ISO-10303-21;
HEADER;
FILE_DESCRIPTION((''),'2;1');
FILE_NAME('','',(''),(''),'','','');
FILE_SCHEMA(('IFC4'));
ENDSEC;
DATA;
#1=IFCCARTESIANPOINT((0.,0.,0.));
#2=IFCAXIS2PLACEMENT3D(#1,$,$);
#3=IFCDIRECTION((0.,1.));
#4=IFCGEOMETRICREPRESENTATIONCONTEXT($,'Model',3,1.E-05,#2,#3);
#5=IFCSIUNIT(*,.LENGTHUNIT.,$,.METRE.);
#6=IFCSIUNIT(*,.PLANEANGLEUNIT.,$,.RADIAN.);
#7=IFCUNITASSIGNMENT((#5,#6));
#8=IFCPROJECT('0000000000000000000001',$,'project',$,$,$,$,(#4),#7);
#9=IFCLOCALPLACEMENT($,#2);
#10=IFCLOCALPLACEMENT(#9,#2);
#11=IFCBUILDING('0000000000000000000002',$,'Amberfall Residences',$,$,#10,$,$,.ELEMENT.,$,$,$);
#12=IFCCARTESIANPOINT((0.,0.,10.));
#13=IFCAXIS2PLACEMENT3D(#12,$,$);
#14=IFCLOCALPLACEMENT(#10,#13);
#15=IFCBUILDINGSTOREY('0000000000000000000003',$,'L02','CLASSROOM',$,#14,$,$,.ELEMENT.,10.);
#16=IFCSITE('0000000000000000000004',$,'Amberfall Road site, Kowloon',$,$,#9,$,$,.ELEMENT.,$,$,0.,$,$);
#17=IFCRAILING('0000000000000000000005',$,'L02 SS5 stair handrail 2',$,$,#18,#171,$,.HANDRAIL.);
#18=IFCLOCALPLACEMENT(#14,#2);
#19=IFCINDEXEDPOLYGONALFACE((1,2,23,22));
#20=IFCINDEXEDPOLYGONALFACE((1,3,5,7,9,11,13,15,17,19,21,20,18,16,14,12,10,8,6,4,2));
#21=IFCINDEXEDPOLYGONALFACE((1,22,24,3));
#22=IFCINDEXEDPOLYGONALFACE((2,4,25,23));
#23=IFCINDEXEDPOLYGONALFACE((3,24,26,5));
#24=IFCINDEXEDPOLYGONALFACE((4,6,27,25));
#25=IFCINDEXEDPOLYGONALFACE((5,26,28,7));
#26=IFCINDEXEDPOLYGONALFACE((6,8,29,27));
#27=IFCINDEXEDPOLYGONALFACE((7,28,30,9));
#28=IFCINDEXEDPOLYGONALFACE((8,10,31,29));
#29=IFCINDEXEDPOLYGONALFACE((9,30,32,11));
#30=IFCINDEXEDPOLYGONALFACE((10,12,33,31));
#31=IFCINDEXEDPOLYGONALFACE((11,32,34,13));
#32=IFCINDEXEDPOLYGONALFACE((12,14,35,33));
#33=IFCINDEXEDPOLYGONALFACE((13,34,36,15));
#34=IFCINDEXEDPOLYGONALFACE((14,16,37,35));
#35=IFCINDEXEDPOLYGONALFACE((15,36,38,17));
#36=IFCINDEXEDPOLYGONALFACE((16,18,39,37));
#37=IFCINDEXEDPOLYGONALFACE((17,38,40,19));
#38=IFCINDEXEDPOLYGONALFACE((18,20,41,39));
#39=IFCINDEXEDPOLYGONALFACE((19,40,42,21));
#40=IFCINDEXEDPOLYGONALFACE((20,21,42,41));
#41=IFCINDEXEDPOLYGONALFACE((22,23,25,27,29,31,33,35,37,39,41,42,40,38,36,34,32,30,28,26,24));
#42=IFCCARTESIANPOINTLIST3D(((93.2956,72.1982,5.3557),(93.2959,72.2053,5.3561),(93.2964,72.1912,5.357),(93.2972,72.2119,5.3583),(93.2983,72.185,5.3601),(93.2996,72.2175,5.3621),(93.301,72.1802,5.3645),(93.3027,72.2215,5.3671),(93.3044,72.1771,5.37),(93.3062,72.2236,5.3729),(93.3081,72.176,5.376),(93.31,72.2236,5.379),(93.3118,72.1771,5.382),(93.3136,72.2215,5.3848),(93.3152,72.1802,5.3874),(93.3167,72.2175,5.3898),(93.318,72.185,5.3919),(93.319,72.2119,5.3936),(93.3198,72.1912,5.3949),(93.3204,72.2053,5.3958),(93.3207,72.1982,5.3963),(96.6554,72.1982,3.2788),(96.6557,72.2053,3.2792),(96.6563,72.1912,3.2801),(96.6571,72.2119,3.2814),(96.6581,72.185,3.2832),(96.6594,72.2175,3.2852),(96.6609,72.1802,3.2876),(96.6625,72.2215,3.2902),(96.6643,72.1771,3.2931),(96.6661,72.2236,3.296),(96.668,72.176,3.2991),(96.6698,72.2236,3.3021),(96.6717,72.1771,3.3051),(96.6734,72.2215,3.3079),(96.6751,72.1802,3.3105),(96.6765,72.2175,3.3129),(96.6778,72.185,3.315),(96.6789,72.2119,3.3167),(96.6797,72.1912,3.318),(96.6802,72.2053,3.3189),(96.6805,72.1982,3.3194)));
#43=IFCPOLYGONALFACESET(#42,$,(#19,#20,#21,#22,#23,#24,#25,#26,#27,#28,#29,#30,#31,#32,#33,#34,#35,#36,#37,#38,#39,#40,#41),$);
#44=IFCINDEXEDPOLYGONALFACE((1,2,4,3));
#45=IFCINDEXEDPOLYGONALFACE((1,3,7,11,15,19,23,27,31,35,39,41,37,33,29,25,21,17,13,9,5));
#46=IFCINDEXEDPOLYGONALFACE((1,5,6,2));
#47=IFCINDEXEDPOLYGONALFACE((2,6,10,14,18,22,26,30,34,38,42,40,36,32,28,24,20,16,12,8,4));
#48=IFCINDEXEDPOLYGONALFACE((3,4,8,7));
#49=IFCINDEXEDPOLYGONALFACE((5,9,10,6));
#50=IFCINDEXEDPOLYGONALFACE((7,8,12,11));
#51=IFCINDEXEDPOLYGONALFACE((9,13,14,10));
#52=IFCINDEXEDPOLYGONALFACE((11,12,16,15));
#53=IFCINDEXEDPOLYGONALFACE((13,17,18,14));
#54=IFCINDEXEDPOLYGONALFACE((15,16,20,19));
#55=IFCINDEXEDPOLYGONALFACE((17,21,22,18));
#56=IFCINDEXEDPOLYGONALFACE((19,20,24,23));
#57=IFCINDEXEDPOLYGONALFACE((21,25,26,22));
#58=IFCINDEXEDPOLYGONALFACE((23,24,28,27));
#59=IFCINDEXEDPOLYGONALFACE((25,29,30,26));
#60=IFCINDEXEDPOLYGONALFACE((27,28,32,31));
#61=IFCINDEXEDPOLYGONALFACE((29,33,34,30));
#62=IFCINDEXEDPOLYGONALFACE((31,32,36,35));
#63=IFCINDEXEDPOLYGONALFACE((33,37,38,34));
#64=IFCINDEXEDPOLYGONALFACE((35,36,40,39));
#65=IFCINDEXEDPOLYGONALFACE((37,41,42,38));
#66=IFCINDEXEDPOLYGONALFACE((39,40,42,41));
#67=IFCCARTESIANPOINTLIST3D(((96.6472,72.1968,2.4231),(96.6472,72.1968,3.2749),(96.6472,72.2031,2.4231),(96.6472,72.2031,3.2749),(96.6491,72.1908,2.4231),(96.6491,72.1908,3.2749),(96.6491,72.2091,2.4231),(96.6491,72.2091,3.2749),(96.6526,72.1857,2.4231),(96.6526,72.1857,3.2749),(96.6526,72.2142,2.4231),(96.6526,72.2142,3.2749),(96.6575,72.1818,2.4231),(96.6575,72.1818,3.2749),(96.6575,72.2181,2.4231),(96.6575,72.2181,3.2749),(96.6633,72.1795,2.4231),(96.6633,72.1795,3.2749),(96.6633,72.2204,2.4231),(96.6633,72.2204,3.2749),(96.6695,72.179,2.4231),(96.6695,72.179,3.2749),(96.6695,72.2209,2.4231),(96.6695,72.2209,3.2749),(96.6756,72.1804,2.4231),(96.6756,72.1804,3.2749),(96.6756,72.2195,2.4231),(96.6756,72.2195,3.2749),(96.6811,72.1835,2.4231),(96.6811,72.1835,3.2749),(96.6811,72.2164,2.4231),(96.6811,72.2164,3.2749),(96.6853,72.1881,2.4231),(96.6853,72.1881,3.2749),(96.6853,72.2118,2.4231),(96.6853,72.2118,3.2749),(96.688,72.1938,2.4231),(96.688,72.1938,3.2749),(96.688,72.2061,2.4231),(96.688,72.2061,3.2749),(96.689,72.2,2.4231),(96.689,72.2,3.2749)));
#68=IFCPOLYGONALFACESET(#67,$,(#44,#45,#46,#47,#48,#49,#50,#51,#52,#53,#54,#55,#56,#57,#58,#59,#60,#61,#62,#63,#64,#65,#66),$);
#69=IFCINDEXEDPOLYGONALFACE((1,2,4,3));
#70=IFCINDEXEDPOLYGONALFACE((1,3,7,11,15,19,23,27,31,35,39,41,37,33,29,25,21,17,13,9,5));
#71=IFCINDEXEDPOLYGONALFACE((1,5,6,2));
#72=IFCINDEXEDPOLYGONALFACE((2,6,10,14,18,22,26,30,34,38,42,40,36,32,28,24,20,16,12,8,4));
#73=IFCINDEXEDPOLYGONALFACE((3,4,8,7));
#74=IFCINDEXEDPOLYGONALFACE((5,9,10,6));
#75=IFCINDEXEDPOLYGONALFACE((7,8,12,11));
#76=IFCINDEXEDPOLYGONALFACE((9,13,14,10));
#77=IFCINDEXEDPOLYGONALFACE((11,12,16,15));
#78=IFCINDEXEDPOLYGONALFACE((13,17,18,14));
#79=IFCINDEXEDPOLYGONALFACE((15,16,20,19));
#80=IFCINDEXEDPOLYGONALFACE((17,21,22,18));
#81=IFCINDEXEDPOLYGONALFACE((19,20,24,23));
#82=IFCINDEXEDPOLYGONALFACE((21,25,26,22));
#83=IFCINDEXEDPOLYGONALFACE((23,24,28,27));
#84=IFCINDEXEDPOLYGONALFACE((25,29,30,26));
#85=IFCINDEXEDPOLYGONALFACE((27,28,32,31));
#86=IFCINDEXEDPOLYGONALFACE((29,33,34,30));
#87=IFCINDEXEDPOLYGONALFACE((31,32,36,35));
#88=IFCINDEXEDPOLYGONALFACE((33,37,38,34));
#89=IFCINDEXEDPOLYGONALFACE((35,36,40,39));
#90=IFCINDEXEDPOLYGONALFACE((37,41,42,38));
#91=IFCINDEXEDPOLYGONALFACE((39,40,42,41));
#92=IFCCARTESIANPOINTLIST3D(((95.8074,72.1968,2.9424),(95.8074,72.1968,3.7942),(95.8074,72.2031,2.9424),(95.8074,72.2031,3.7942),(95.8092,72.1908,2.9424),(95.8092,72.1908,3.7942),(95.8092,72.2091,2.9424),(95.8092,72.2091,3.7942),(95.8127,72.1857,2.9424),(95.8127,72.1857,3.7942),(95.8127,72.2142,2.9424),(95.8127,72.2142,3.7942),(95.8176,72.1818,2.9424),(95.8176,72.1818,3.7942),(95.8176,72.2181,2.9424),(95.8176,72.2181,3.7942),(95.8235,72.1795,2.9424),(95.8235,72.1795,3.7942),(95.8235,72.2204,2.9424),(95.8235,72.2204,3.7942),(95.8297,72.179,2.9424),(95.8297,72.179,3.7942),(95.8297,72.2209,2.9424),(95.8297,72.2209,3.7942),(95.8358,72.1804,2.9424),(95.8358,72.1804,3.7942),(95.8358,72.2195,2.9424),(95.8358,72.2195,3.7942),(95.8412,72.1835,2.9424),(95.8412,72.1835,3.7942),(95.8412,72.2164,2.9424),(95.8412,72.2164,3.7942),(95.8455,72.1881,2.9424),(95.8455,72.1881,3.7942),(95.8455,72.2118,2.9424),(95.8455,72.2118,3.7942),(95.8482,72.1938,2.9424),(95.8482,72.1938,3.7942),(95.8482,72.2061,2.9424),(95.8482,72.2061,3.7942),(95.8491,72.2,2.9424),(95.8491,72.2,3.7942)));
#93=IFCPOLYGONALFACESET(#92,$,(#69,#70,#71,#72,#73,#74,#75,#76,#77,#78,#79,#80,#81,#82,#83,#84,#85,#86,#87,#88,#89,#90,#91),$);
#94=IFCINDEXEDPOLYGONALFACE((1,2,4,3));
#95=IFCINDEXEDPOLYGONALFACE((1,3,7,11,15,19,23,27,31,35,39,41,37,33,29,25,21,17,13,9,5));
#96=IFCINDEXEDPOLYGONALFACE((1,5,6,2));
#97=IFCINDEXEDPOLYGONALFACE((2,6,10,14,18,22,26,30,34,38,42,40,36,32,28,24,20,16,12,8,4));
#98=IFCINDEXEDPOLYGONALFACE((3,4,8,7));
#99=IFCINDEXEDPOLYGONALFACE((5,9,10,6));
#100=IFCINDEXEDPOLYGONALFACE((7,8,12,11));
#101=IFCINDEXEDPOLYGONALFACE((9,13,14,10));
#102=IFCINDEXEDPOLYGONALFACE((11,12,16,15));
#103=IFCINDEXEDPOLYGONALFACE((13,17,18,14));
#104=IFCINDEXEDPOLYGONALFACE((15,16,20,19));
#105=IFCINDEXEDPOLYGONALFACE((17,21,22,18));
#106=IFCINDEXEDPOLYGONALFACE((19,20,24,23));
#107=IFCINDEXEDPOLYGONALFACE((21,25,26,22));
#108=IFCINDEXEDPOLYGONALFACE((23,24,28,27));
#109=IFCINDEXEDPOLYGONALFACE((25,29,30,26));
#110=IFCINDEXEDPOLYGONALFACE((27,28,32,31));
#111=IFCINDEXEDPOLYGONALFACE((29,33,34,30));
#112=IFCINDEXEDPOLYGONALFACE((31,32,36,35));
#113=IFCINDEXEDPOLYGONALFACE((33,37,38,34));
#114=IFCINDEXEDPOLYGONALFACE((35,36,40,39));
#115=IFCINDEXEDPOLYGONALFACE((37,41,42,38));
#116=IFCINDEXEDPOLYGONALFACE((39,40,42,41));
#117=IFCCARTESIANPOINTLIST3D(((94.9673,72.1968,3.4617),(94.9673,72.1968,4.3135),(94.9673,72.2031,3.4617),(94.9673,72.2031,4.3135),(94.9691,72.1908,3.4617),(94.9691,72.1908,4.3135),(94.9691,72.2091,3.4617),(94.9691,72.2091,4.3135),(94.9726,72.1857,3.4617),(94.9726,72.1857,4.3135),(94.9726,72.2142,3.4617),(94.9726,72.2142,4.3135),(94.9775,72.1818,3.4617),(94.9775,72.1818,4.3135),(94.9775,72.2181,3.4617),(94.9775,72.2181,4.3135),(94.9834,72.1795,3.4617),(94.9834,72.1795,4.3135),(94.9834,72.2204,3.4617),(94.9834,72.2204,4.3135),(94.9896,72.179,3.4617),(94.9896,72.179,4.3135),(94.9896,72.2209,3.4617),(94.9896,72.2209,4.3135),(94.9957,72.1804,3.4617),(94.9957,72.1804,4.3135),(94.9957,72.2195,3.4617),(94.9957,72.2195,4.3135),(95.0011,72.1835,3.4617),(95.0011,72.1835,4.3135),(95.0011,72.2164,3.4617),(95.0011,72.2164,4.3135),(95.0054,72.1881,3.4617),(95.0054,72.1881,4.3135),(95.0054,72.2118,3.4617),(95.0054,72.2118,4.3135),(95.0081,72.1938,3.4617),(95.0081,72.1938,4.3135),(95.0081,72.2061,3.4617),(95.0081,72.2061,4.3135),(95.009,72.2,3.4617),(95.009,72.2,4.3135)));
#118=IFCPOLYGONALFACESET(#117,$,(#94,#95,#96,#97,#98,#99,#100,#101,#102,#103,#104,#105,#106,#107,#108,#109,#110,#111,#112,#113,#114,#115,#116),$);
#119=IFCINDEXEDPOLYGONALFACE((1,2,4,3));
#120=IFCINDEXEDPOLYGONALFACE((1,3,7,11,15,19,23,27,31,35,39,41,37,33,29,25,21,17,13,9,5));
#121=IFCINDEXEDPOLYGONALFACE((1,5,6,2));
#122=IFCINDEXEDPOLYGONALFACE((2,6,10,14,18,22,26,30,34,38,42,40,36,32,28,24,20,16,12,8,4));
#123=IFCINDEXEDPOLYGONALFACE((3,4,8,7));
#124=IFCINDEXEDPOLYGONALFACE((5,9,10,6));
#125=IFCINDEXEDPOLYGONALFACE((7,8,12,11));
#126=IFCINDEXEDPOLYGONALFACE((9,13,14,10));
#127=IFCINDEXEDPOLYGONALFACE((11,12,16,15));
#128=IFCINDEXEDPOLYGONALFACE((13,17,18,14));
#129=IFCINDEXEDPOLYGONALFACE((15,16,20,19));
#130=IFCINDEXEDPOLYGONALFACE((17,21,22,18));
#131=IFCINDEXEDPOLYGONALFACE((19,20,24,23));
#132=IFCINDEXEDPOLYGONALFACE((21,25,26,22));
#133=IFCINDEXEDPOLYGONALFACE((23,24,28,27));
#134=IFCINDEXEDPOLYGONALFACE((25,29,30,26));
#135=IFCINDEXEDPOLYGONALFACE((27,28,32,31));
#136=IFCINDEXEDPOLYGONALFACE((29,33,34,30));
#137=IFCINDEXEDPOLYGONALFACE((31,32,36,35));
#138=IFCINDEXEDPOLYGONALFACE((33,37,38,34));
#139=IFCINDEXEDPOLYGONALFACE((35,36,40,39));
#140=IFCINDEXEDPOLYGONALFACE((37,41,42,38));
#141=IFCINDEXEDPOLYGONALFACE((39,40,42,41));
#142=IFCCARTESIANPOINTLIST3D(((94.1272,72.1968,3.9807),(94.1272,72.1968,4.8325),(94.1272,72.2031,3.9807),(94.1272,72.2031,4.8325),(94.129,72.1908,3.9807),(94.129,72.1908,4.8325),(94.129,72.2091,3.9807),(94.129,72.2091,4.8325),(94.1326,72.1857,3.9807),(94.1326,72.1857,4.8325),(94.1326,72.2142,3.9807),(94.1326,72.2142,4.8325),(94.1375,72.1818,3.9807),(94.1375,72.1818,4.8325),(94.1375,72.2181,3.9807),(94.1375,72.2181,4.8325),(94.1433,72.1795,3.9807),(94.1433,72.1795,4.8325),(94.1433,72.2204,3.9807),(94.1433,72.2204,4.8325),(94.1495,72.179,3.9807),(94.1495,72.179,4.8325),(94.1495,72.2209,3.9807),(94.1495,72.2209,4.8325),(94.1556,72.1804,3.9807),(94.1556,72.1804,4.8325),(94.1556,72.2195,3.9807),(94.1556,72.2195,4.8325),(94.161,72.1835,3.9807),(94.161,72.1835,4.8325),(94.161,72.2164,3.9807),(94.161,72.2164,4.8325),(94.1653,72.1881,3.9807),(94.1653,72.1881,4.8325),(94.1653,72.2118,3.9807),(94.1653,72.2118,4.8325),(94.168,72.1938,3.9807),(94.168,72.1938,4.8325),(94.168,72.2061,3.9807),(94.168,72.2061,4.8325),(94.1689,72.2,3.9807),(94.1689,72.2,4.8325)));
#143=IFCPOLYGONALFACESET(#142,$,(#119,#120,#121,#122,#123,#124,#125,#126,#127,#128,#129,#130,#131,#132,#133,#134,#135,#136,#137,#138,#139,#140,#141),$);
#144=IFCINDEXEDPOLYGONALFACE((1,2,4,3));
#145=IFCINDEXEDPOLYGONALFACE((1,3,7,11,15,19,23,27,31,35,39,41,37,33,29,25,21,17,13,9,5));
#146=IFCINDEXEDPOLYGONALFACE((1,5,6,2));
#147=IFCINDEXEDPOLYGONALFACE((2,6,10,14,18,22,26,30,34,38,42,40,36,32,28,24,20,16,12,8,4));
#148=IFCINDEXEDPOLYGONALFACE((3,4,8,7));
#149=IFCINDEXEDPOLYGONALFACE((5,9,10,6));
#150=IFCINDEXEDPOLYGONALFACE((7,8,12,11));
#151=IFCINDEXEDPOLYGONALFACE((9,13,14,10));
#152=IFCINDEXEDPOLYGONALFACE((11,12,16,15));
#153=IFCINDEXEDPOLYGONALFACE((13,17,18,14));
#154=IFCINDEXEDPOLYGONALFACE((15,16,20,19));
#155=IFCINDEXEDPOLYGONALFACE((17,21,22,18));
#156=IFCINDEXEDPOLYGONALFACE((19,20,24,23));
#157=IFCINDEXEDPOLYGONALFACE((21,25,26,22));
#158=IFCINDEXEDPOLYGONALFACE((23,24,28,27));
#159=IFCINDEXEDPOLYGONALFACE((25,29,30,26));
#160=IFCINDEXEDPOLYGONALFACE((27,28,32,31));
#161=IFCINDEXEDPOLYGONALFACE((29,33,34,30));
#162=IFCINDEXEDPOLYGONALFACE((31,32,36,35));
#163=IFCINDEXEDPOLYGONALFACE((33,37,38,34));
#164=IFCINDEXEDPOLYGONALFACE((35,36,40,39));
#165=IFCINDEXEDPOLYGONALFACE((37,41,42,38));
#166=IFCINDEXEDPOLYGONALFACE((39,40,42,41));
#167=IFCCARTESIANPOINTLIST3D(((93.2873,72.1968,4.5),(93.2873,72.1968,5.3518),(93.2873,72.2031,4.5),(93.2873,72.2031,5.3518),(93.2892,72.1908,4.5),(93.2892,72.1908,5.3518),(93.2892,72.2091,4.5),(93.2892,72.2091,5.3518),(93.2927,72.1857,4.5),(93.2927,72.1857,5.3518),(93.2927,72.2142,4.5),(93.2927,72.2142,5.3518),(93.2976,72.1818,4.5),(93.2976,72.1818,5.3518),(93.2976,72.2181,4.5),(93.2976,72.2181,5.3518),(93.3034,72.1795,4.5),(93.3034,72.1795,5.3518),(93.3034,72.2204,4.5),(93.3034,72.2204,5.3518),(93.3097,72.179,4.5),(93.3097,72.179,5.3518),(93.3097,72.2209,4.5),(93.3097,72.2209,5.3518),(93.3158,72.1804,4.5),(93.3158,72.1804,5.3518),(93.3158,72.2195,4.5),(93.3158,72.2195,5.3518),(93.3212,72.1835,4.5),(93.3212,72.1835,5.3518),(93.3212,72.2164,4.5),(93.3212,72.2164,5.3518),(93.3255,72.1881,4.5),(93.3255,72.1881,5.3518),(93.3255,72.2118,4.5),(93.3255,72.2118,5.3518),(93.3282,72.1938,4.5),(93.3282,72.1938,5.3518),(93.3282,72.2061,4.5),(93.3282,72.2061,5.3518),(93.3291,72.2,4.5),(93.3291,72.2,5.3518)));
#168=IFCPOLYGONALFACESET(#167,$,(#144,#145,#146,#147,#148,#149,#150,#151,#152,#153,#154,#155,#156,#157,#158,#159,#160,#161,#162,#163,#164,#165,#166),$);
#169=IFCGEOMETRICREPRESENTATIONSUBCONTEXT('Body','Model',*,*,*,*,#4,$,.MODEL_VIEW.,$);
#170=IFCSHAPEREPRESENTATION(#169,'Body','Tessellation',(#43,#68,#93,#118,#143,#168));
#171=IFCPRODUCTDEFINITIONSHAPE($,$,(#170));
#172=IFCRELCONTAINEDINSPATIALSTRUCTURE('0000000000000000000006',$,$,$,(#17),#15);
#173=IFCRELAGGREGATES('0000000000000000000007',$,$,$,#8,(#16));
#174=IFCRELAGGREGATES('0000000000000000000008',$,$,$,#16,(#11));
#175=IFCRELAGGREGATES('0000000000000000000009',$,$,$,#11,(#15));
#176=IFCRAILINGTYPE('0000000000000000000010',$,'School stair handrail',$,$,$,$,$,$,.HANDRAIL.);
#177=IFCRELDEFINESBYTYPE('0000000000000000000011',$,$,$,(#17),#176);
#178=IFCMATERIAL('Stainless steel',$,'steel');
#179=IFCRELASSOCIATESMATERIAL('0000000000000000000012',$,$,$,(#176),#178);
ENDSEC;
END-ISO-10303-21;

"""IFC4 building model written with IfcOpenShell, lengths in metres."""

from ifc_helpers import new_model, si_unit, direction, frame, origin, origin_2d, place, context, subcontext, project, spatial, circle, extrude, material, type_object, element, save


model = new_model("IFC4")

# Units and contexts
model_context = context("Model", 3, precision=1e-05, world=origin(), true_north=direction((0.0, 1.0)))
body_context = subcontext(model_context, "Body", "Model", "MODEL_VIEW")
ifc_project = project(units=[si_unit("LENGTHUNIT", "METRE"), si_unit("PLANEANGLEUNIT", "RADIAN")], contexts=[model_context])

# Site, building, storey
site_placement = place(None, origin())
site = spatial("IfcSite", under=ifc_project, at=site_placement, Name="Amberfall Road site, Kowloon", CompositionType="ELEMENT", RefElevation=0.0)
building_placement = place(site_placement, origin())
building = spatial("IfcBuilding", under=site, at=building_placement, Name="Amberfall Residences", CompositionType="ELEMENT")
storey_placement = place(building_placement, frame((0.0, 0.0, 10.0)))
storey = spatial("IfcBuildingStorey", under=building, at=storey_placement, Name="L02", Description="CLASSROOM", CompositionType="ELEMENT", Elevation=10.0)

# Railing
ifc_material_1 = material(Name="Stainless steel", Category="steel")
railing_type_1 = type_object("IfcRailingType", Name="School stair handrail", PredefinedType="HANDRAIL", material=ifc_material_1)
railing_1_placement = place(storey_placement, frame((96.668, 72.2, 2.4231)))
element("IfcRailing", 1, at=railing_1_placement, inside=storey, type_object=railing_type_1, Name="L02 SS5 stair handrail 2", PredefinedType="HANDRAIL", context=body_context, shape_type="SweptSolid", body=[
    extrude(circle(Radius=0.0239, at=origin_2d()), frame((0.0, 0.0, 0.876), z_axis=(-0.850606, 0.0, 0.525803), x_axis=(0.0, -1.0, 0.0)), (0.0, 0.0, 1.0), 3.95),
    extrude(circle(Radius=0.021, at=origin_2d()), origin(), (0.0, 0.0, 1.0), 0.8518),
    extrude(circle(Radius=0.021, at=origin_2d()), frame((-0.8398, 0.0, 0.5193)), (0.0, 0.0, 1.0), 0.8518),
    extrude(circle(Radius=0.021, at=origin_2d()), frame((-1.6799, 0.0, 1.0386)), (0.0, 0.0, 1.0), 0.8518),
    extrude(circle(Radius=0.021, at=origin_2d()), frame((-2.52, 0.0, 1.5576)), (0.0, 0.0, 1.0), 0.8518),
    extrude(circle(Radius=0.021, at=origin_2d()), frame((-3.3599, 0.0, 2.0769)), (0.0, 0.0, 1.0), 0.8518),
])

save(model, "model.ifc")
